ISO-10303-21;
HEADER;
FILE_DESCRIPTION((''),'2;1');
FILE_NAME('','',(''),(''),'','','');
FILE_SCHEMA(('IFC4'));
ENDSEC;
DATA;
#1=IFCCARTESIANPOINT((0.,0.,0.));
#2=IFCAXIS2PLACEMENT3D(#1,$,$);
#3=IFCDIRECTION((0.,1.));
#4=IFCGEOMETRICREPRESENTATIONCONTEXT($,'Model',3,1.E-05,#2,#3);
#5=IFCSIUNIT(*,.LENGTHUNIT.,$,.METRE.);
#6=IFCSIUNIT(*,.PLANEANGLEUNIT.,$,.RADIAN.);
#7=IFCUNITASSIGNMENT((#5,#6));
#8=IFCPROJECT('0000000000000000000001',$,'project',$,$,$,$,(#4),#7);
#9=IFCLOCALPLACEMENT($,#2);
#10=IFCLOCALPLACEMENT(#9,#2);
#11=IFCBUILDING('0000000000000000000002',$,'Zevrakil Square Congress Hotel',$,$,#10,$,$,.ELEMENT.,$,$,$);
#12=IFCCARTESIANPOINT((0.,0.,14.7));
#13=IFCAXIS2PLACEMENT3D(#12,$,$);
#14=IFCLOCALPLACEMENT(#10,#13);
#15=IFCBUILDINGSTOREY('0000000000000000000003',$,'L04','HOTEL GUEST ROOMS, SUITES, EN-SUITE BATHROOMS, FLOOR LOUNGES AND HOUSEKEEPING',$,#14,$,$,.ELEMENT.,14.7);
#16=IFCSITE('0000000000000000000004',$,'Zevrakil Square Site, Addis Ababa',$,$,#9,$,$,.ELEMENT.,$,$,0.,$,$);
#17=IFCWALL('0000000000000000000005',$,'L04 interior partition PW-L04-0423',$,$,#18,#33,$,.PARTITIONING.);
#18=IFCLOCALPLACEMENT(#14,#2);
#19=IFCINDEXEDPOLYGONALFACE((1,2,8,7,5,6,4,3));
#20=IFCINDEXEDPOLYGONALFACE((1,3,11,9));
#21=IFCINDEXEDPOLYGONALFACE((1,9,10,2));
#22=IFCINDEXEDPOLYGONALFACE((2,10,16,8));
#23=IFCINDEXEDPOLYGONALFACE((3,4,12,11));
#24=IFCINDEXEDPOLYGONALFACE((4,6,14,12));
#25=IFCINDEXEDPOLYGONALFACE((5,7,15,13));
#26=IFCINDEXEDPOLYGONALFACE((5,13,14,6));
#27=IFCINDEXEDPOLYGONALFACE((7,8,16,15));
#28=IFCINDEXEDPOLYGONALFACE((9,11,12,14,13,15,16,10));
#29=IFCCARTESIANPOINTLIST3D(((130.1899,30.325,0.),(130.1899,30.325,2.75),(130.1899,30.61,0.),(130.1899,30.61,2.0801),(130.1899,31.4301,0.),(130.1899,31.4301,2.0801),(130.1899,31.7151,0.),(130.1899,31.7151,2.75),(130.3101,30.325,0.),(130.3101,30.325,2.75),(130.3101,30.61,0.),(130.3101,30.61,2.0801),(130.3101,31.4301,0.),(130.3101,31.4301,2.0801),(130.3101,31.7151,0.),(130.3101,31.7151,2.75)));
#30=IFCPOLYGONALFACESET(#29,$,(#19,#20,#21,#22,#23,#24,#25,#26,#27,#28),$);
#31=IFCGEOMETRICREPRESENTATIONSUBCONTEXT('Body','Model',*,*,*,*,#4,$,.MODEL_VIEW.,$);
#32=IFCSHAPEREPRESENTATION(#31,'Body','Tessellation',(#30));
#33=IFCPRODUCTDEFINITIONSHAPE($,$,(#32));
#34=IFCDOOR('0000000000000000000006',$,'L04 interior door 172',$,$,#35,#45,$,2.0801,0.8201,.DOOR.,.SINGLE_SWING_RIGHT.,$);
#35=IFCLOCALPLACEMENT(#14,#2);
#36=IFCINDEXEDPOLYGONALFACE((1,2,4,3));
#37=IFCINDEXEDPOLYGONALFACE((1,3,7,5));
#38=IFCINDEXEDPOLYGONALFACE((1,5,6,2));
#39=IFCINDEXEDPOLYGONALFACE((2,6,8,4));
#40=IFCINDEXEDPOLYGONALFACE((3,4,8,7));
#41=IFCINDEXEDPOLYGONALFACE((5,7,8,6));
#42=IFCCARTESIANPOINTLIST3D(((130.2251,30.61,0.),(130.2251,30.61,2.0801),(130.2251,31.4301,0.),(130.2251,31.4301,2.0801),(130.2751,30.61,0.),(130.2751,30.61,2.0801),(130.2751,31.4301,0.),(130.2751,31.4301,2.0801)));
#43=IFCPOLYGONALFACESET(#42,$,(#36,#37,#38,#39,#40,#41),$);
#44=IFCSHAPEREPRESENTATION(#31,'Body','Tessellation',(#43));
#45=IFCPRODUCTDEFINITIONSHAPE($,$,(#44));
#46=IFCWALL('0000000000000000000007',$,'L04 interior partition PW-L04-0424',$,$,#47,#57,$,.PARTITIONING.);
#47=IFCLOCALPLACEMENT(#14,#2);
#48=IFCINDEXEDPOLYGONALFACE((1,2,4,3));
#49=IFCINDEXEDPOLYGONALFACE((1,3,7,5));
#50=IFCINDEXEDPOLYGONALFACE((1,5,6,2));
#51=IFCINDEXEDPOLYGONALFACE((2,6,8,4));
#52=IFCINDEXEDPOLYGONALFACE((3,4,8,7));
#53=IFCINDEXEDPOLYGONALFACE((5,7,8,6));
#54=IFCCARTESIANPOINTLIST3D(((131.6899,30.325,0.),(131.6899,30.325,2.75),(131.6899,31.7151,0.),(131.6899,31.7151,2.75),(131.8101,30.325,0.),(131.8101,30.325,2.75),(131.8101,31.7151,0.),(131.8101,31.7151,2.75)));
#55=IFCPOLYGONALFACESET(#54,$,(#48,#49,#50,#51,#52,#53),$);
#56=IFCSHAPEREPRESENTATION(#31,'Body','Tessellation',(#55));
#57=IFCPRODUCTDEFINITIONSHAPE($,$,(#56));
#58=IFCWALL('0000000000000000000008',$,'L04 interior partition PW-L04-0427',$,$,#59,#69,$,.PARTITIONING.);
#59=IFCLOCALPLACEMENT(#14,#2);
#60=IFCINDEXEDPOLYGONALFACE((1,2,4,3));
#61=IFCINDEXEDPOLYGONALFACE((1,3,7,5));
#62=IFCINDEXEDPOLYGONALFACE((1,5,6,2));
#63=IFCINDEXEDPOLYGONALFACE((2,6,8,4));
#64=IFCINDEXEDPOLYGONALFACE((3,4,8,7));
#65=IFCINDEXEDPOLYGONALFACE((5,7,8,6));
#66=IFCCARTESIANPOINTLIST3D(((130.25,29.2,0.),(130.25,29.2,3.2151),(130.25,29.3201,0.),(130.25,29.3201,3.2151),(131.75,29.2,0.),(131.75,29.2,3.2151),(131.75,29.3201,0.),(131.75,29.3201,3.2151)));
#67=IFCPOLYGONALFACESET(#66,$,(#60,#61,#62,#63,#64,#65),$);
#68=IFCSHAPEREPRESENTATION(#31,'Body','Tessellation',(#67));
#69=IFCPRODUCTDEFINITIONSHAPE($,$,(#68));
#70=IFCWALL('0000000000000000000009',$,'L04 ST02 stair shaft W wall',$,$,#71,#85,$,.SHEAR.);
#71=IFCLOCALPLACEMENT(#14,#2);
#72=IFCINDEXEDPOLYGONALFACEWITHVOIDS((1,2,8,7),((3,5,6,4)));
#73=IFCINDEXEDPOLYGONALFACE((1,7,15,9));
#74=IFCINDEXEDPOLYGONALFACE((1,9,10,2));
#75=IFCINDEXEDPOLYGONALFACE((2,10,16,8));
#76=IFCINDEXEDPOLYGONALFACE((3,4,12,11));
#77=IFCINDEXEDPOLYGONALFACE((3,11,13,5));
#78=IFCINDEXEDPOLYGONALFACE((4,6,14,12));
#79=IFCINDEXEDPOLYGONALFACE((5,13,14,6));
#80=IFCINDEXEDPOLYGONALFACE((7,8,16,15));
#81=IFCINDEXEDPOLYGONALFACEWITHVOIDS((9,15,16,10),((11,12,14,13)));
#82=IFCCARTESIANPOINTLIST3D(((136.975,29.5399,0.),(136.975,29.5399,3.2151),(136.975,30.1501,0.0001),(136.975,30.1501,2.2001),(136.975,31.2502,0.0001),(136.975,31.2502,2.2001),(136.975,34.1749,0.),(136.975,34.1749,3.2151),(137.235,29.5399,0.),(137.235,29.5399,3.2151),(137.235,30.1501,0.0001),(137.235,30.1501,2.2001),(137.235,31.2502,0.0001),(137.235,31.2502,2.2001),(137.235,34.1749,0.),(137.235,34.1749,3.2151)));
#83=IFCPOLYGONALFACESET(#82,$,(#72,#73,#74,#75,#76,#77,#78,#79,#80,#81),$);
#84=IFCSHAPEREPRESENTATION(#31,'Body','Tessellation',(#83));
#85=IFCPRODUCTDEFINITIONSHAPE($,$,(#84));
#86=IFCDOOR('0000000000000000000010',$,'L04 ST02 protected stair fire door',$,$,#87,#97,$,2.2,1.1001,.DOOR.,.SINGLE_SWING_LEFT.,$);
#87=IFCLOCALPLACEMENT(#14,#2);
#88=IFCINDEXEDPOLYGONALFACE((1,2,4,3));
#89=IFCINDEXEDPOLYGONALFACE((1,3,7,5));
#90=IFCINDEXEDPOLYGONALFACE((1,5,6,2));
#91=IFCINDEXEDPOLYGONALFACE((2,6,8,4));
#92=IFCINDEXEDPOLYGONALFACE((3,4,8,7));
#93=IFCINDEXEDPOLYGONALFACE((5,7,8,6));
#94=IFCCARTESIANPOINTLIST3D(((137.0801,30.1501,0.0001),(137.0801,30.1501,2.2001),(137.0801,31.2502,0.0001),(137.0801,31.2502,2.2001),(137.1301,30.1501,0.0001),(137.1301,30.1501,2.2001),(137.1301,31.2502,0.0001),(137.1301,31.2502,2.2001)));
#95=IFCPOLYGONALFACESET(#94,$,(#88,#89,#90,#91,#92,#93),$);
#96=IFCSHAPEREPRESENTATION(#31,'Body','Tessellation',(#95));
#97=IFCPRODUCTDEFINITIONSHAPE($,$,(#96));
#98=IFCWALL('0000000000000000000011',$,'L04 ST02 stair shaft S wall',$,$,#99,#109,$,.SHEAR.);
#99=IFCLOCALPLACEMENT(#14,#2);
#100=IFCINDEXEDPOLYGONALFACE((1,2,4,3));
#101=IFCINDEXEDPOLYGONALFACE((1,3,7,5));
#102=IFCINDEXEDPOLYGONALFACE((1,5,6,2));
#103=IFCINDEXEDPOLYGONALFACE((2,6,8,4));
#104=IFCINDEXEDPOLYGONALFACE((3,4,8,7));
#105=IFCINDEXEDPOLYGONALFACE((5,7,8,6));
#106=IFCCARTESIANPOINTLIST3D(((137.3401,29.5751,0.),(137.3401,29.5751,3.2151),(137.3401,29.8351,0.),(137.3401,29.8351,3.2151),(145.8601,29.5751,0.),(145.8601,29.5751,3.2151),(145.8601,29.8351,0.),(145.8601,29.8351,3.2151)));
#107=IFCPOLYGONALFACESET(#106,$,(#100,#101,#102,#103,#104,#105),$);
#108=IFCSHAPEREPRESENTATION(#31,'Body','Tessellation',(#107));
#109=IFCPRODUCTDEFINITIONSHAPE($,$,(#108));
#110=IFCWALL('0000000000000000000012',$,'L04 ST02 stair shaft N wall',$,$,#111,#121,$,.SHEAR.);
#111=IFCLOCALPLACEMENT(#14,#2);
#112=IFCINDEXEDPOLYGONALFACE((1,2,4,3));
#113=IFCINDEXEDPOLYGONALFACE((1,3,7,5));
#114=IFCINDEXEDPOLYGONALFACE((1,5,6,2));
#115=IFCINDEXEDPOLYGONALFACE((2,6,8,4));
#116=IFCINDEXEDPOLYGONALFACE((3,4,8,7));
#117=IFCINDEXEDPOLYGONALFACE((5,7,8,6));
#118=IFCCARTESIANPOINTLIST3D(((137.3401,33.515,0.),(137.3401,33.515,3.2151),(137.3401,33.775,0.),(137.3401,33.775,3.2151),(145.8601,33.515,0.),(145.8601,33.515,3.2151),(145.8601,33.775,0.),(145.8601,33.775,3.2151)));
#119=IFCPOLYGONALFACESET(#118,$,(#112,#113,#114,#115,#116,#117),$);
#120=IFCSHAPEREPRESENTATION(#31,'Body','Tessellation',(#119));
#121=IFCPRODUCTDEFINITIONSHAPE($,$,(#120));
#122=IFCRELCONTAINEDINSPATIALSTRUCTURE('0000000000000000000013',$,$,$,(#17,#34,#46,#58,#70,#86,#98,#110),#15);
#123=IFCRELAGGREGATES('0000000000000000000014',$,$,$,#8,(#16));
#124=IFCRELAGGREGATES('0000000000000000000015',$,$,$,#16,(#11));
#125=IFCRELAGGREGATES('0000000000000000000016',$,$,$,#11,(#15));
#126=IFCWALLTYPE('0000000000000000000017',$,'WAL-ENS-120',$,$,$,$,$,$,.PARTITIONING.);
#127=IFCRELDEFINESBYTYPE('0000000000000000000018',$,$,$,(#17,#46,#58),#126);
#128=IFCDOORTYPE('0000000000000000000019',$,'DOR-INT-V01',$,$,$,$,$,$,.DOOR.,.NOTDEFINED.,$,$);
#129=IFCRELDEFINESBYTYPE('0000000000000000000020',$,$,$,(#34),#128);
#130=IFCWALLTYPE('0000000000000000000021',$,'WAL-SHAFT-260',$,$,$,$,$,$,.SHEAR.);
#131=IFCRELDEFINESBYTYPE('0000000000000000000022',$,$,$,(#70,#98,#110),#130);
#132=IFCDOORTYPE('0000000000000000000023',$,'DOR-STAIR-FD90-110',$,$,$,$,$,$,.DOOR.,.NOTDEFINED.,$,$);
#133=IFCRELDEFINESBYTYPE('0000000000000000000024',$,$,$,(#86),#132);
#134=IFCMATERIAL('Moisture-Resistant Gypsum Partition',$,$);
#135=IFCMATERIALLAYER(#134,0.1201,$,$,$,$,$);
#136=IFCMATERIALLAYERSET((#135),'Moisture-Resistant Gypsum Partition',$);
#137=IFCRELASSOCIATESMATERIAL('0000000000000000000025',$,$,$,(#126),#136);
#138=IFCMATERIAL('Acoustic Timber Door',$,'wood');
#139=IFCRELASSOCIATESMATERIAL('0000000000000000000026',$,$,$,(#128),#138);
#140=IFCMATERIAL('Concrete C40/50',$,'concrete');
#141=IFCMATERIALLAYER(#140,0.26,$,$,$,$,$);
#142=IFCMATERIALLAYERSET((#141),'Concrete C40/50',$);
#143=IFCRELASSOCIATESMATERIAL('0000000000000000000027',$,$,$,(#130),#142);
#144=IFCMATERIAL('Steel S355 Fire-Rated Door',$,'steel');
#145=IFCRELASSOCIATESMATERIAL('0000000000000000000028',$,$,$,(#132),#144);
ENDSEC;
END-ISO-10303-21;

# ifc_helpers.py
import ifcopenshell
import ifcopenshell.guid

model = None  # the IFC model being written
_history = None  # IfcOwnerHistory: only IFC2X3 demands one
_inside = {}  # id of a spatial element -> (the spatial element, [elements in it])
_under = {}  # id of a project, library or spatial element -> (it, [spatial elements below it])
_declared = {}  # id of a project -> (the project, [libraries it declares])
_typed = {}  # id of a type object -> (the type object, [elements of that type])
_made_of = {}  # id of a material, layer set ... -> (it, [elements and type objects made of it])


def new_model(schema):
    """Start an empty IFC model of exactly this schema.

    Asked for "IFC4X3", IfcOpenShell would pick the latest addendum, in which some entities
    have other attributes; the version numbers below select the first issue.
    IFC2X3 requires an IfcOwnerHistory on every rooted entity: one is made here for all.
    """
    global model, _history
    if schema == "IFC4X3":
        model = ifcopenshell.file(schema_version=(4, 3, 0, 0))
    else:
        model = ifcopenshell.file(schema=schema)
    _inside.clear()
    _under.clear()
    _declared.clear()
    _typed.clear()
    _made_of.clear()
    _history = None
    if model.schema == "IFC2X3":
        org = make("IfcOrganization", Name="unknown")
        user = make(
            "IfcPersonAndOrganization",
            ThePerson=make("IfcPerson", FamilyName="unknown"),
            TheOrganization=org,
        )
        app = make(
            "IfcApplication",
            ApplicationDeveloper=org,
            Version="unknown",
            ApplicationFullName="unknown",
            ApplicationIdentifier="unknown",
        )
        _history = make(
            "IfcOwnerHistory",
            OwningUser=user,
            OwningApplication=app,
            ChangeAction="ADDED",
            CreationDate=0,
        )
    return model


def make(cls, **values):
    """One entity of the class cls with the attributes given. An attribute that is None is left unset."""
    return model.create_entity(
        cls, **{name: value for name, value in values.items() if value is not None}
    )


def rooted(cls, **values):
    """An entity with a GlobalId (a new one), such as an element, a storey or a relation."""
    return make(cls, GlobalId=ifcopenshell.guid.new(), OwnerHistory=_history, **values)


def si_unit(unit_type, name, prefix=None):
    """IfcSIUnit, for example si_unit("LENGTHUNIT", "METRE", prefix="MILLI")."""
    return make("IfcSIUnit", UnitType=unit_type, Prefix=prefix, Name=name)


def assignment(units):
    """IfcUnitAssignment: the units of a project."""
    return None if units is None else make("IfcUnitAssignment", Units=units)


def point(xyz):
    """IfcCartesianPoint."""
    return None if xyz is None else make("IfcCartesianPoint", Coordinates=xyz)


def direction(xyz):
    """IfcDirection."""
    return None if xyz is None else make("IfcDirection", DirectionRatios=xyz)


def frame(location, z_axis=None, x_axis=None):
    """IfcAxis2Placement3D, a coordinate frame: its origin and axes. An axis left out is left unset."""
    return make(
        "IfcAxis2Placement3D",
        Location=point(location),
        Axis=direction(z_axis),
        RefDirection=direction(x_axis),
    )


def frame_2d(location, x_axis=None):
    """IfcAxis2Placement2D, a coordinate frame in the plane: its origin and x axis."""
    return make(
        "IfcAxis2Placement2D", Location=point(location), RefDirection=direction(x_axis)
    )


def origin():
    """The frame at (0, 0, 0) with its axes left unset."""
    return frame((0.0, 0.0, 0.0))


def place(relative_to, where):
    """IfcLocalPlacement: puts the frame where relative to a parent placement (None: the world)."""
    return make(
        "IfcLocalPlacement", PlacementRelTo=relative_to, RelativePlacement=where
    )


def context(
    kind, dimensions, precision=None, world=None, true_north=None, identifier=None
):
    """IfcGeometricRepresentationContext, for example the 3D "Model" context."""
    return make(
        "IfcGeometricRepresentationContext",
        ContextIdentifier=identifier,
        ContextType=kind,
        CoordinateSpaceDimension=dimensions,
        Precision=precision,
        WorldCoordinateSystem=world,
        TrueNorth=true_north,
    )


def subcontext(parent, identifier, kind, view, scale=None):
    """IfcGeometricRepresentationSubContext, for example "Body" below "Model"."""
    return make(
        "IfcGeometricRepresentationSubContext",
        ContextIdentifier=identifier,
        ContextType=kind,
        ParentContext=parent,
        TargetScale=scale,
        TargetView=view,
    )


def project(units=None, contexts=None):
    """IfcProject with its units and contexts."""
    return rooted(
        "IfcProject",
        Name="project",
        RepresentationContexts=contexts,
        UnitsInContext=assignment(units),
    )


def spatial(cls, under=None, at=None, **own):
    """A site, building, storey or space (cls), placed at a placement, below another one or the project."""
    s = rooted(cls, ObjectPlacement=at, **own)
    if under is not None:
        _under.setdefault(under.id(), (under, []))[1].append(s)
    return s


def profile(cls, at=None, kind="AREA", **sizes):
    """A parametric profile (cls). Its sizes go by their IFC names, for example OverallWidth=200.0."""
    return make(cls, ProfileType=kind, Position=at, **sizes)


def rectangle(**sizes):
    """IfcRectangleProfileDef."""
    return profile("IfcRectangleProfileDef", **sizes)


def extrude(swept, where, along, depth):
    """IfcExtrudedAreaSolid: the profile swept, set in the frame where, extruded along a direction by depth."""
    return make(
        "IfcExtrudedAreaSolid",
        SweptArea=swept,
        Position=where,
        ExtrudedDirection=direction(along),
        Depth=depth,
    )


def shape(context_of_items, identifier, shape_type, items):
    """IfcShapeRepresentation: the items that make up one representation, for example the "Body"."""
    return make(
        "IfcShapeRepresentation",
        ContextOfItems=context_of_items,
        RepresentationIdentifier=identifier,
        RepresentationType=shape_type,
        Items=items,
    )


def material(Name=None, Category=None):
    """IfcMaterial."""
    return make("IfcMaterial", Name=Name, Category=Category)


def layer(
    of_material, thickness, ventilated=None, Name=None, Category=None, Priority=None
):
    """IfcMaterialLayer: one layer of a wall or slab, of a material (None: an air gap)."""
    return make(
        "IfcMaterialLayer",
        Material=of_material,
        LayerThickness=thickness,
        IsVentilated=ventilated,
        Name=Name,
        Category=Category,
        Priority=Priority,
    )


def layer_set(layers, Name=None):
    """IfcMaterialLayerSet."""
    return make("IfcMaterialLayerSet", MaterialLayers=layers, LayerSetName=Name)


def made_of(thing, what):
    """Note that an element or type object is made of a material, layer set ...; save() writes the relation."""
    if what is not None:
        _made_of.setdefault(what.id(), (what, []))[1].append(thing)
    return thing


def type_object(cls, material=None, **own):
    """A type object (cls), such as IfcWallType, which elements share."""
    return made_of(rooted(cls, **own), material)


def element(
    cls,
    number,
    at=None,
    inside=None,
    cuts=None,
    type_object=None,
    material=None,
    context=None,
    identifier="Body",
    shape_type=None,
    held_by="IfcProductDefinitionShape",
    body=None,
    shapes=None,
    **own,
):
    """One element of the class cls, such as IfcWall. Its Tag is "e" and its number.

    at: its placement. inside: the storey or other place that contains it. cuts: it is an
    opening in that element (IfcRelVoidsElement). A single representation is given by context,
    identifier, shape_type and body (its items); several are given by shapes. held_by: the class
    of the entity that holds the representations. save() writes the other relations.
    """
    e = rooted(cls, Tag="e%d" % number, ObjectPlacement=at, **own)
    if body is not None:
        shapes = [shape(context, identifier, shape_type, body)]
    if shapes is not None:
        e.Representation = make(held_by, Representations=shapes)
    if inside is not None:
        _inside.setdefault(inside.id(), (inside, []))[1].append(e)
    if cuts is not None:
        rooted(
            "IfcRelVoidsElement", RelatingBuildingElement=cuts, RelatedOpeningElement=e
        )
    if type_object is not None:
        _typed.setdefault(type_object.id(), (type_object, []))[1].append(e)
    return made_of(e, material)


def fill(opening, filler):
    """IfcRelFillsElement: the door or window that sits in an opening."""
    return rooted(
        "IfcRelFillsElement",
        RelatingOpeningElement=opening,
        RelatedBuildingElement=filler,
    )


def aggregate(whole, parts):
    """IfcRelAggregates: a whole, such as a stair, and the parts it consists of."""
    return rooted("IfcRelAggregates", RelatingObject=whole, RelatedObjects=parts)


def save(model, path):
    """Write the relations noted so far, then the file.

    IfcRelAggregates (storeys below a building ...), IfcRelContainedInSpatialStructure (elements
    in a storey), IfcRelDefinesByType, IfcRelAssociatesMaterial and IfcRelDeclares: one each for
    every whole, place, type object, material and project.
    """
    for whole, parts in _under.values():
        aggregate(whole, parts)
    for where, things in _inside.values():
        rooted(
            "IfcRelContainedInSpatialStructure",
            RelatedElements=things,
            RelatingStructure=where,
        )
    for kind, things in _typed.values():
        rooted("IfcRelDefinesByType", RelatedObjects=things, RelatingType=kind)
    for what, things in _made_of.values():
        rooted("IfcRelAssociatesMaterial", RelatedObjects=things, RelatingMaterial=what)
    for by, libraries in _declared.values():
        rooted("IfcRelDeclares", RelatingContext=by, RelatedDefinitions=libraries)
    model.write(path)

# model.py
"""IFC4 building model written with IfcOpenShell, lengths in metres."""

from ifc_helpers import new_model, si_unit, direction, frame, frame_2d, origin, place, context, subcontext, project, spatial, rectangle, extrude, material, layer, layer_set, type_object, element, fill, save


model = new_model("IFC4")

# Units and contexts
model_context = context("Model", 3, precision=1e-05, world=origin(), true_north=direction((0.0, 1.0)))
body_context = subcontext(model_context, "Body", "Model", "MODEL_VIEW")
ifc_project = project(units=[si_unit("LENGTHUNIT", "METRE"), si_unit("PLANEANGLEUNIT", "RADIAN")], contexts=[model_context])

# Site, building, storey
site_placement = place(None, origin())
site = spatial("IfcSite", under=ifc_project, at=site_placement, Name="Zevrakil Square Site, Addis Ababa", CompositionType="ELEMENT", RefElevation=0.0)
building_placement = place(site_placement, origin())
building = spatial("IfcBuilding", under=site, at=building_placement, Name="Zevrakil Square Congress Hotel", CompositionType="ELEMENT")
storey_placement = place(building_placement, frame((0.0, 0.0, 14.7)))
storey = spatial("IfcBuildingStorey", under=building, at=storey_placement, Name="L04", Description="HOTEL GUEST ROOMS, SUITES, EN-SUITE BATHROOMS, FLOOR LOUNGES AND HOUSEKEEPING", CompositionType="ELEMENT", Elevation=14.7)

# Shared definitions
ifc_material_1 = material(Name="Moisture-Resistant Gypsum Partition")
ifc_layer_1 = layer(ifc_material_1, 0.1201)
ifc_layer_set_1 = layer_set([ifc_layer_1], Name="Moisture-Resistant Gypsum Partition")
wall_type_1 = type_object("IfcWallType", Name="WAL-ENS-120", PredefinedType="PARTITIONING", material=ifc_layer_set_1)

# Shared definitions
ifc_material_2 = material(Name="Acoustic Timber Door", Category="wood")
door_type_1 = type_object("IfcDoorType", Name="DOR-INT-V01", OperationType="NOTDEFINED", PredefinedType="DOOR", material=ifc_material_2)

# Wall, opening, door
wall_1_placement = place(storey_placement, frame((130.25, 30.325, 0.0), z_axis=(0.0, 0.0, 1.0), x_axis=(0.0, 1.0, 0.0)))
wall_1 = element("IfcWall", 1, at=wall_1_placement, inside=storey, type_object=wall_type_1, Name="L04 interior partition PW-L04-0423", PredefinedType="PARTITIONING", context=body_context, shape_type="SweptSolid", body=[
    extrude(rectangle(XDim=1.3901, YDim=0.1201, at=frame_2d((0.6951, 0.0))), origin(), (0.0, 0.0, 1.0), 2.75),
])
opening_1_placement = place(wall_1_placement, frame((0.2849, 0.0, 0.0)))
opening_1 = element("IfcOpeningElement", 2, at=opening_1_placement, cuts=wall_1, PredefinedType="OPENING", context=body_context, shape_type="SweptSolid", body=[
    extrude(rectangle(XDim=0.8201, YDim=2.0801, at=frame_2d((0.4102, 1.04))), frame((0.0, 0.0701, 0.0), z_axis=(0.0, -1.0, 0.0), x_axis=(1.0, 0.0, 0.0)), (0.0, 0.0, 1.0), 0.1401),
])
door_1_placement = place(opening_1_placement, origin())
door_1 = element("IfcDoor", 3, at=door_1_placement, inside=storey, type_object=door_type_1, Name="L04 interior door 172", OperationType="SINGLE_SWING_RIGHT", OverallHeight=2.0801, OverallWidth=0.8201, PredefinedType="DOOR", context=body_context, shape_type="SweptSolid", body=[
    extrude(rectangle(XDim=0.8201, YDim=2.0801, at=frame_2d((0.4102, 1.04))), frame((0.0, 0.0249, 0.0), z_axis=(0.0, -1.0, 0.0), x_axis=(1.0, 0.0, 0.0)), (0.0, 0.0, 1.0), 0.05),
])
fill(opening_1, door_1)

# Walls
wall_2_placement = place(storey_placement, frame((131.75, 30.325, 0.0), z_axis=(0.0, 0.0, 1.0), x_axis=(0.0, 1.0, 0.0)))
element("IfcWall", 4, at=wall_2_placement, inside=storey, type_object=wall_type_1, Name="L04 interior partition PW-L04-0424", PredefinedType="PARTITIONING", context=body_context, shape_type="SweptSolid", body=[
    extrude(rectangle(XDim=1.3901, YDim=0.1201, at=frame_2d((0.6951, 0.0))), origin(), (0.0, 0.0, 1.0), 2.75),
])
wall_3_placement = place(storey_placement, frame((130.25, 29.26, 0.0), z_axis=(0.0, 0.0, 1.0), x_axis=(1.0, 0.0, 0.0)))
element("IfcWall", 5, at=wall_3_placement, inside=storey, type_object=wall_type_1, Name="L04 interior partition PW-L04-0427", PredefinedType="PARTITIONING", context=body_context, shape_type="SweptSolid", body=[
    extrude(rectangle(XDim=1.5, YDim=0.1201, at=frame_2d((0.75, 0.0))), origin(), (0.0, 0.0, 1.0), 3.2151),
])

# Wall, opening, door
ifc_material_3 = material(Name="Concrete C40/50", Category="concrete")
ifc_layer_2 = layer(ifc_material_3, 0.26)
ifc_layer_set_2 = layer_set([ifc_layer_2], Name="Concrete C40/50")
wall_type_2 = type_object("IfcWallType", Name="WAL-SHAFT-260", PredefinedType="SHEAR", material=ifc_layer_set_2)
wall_4_placement = place(storey_placement, frame((137.105, 29.54, 0.0), z_axis=(0.0, 0.0, 1.0), x_axis=(0.0, 1.0, 0.0)))
wall_4 = element("IfcWall", 6, at=wall_4_placement, inside=storey, type_object=wall_type_2, Name="L04 ST02 stair shaft W wall", PredefinedType="SHEAR", context=body_context, shape_type="SweptSolid", body=[
    extrude(rectangle(XDim=4.635, YDim=0.26, at=frame_2d((2.3174, 0.0))), origin(), (0.0, 0.0, 1.0), 3.2151),
])
opening_2_placement = place(wall_4_placement, frame((0.6101, 0.0, 0.0)))
opening_2 = element("IfcOpeningElement", 7, at=opening_2_placement, cuts=wall_4, PredefinedType="OPENING", context=body_context, shape_type="SweptSolid", body=[
    extrude(rectangle(XDim=1.1001, YDim=2.2, at=frame_2d((0.55, 1.1001))), frame((0.0, 0.1401, 0.0), z_axis=(0.0, -1.0, 0.0), x_axis=(1.0, 0.0, 0.0)), (0.0, 0.0, 1.0), 0.28),
])
ifc_material_4 = material(Name="Steel S355 Fire-Rated Door", Category="steel")
door_type_2 = type_object("IfcDoorType", Name="DOR-STAIR-FD90-110", OperationType="NOTDEFINED", PredefinedType="DOOR", material=ifc_material_4)
door_2_placement = place(opening_2_placement, origin())
door_2 = element("IfcDoor", 8, at=door_2_placement, inside=storey, type_object=door_type_2, Name="L04 ST02 protected stair fire door", OperationType="SINGLE_SWING_LEFT", OverallHeight=2.2, OverallWidth=1.1001, PredefinedType="DOOR", context=body_context, shape_type="SweptSolid", body=[
    extrude(rectangle(XDim=1.1001, YDim=2.2, at=frame_2d((0.55, 1.1001))), frame((0.0, 0.0249, 0.0), z_axis=(0.0, -1.0, 0.0), x_axis=(1.0, 0.0, 0.0)), (0.0, 0.0, 1.0), 0.05),
])
fill(opening_2, door_2)

# Walls
for number, where, z_axis, x_axis, name in (
    (9, (137.3401, 29.7051, 0.0), (0.0, 0.0, 1.0), (1.0, 0.0, 0.0), "L04 ST02 stair shaft S wall"),
    (10, (137.3401, 33.645, 0.0), (0.0, 0.0, 1.0), (1.0, 0.0, 0.0), "L04 ST02 stair shaft N wall"),
):
    element("IfcWall", number, at=place(storey_placement, frame(where, z_axis=z_axis, x_axis=x_axis)), inside=storey, type_object=wall_type_2, Name=name, PredefinedType="SHEAR", context=body_context, shape_type="SweptSolid", body=[
        extrude(rectangle(XDim=8.52, YDim=0.26, at=frame_2d((4.26, 0.0))), origin(), (0.0, 0.0, 1.0), 3.2151),
    ])

save(model, "model.ifc")
